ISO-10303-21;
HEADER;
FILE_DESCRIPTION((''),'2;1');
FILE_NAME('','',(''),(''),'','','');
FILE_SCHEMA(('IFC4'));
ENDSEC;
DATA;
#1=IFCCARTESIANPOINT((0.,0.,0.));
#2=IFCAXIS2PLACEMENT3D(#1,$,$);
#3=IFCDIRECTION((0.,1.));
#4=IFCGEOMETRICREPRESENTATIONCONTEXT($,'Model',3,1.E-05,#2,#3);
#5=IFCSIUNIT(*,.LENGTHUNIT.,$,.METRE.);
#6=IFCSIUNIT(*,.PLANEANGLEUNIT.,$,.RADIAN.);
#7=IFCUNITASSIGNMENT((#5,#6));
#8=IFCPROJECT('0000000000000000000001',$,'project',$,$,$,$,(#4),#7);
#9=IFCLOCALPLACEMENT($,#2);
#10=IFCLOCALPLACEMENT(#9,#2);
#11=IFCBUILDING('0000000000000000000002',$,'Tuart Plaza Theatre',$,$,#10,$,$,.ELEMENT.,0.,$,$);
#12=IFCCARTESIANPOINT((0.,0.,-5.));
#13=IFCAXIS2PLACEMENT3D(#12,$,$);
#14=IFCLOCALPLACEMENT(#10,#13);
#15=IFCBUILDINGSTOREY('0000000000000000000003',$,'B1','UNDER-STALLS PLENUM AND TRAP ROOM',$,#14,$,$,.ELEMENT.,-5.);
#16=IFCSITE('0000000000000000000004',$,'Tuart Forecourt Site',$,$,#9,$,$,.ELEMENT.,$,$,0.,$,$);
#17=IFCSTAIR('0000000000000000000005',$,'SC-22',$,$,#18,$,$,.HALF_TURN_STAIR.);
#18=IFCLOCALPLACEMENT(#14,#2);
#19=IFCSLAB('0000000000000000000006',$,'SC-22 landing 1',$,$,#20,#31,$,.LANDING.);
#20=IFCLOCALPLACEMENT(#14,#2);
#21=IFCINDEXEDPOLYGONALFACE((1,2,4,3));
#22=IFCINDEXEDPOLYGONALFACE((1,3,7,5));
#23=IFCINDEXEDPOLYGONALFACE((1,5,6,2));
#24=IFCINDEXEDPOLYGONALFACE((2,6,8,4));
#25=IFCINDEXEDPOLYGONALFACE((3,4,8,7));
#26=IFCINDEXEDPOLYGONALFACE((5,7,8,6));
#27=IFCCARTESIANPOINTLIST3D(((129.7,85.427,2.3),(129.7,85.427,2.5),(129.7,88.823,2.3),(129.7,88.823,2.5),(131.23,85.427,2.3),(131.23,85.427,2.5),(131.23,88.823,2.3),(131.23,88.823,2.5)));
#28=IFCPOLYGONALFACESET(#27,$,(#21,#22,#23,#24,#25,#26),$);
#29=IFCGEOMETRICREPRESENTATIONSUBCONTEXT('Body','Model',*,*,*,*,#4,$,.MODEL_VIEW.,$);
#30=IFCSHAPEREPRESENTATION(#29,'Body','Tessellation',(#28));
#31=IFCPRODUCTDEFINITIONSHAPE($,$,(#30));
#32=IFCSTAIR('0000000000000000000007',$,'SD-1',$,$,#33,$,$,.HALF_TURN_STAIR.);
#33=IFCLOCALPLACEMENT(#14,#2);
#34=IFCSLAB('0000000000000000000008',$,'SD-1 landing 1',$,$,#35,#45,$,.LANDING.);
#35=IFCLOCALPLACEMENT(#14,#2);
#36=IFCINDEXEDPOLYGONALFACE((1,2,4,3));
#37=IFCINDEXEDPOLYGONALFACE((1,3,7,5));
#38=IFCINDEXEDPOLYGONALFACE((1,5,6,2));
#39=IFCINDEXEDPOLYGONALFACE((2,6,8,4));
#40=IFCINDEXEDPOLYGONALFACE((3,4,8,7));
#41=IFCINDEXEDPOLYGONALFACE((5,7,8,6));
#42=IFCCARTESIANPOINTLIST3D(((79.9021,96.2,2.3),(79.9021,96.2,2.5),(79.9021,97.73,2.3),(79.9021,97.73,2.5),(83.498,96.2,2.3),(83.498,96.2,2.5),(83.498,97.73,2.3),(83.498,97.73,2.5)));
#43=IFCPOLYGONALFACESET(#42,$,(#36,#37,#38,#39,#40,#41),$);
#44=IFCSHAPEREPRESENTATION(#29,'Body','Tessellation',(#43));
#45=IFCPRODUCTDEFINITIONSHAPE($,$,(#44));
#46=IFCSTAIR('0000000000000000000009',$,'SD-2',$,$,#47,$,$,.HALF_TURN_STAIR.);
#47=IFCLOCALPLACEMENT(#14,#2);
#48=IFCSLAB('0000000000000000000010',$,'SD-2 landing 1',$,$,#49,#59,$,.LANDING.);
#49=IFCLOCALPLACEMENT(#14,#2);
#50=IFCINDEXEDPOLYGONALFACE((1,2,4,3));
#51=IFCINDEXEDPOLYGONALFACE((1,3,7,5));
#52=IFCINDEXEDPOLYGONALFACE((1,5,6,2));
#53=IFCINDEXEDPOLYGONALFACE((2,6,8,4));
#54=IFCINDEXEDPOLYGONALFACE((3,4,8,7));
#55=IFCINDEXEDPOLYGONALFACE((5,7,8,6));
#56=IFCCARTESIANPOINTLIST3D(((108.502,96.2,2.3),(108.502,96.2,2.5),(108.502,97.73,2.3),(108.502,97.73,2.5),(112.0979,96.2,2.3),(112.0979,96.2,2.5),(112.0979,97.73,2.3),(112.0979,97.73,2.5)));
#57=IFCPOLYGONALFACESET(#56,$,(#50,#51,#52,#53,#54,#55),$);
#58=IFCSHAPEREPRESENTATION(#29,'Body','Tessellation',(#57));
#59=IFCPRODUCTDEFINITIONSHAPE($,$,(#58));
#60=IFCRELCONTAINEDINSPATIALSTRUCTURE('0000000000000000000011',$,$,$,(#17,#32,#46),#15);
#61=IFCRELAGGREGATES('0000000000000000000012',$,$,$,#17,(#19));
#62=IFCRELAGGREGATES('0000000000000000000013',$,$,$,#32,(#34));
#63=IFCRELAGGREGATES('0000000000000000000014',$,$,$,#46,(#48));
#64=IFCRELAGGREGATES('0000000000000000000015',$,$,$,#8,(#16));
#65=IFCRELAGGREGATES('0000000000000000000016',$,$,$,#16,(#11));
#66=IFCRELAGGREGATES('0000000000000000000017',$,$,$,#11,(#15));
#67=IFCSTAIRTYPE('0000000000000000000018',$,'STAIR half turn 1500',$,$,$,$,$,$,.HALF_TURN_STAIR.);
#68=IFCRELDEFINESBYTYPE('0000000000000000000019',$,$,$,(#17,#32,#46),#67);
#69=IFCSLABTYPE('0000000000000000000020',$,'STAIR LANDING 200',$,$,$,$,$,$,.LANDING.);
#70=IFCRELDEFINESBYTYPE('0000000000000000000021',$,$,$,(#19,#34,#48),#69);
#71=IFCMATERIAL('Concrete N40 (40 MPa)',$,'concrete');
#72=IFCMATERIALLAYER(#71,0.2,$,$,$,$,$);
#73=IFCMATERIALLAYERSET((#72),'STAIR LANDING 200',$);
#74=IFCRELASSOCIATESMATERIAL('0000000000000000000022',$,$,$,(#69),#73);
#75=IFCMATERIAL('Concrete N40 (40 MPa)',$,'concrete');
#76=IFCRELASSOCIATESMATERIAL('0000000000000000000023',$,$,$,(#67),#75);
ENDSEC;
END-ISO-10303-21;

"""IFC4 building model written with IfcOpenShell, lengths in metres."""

from ifc_helpers import new_model, si_unit, direction, frame, origin, place, context, subcontext, project, spatial, polyline, outline, extrude, material, layer, layer_set, type_object, element, aggregate, save


model = new_model("IFC4")

# Units and contexts
model_context = context("Model", 3, precision=1e-05, world=origin(), true_north=direction((0.0, 1.0)))
body_context = subcontext(model_context, "Body", "Model", "MODEL_VIEW")
ifc_project = project(units=[si_unit("LENGTHUNIT", "METRE"), si_unit("PLANEANGLEUNIT", "RADIAN")], contexts=[model_context])

# Site, building, storey
site_placement = place(None, origin())
site = spatial("IfcSite", under=ifc_project, at=site_placement, Name="Tuart Forecourt Site", CompositionType="ELEMENT", RefElevation=0.0)
building_placement = place(site_placement, origin())
building = spatial("IfcBuilding", under=site, at=building_placement, Name="Tuart Plaza Theatre", CompositionType="ELEMENT", ElevationOfRefHeight=0.0)
storey_placement = place(building_placement, frame((0.0, 0.0, -5.0)))
storey = spatial("IfcBuildingStorey", under=building, at=storey_placement, Name="B1", Description="UNDER-STALLS PLENUM AND TRAP ROOM", CompositionType="ELEMENT", Elevation=-5.0)

# Stairs, slabs
ifc_material_1 = material(Name="Concrete N40 (40 MPa)", Category="concrete")
ifc_layer_1 = layer(ifc_material_1, 0.2)
ifc_layer_set_1 = layer_set([ifc_layer_1], Name="STAIR LANDING 200")
slab_type_1 = type_object("IfcSlabType", Name="STAIR LANDING 200", PredefinedType="LANDING", material=ifc_layer_set_1)
ifc_material_2 = material(Name="Concrete N40 (40 MPa)", Category="concrete")
stair_type_1 = type_object("IfcStairType", Name="STAIR half turn 1500", PredefinedType="HALF_TURN_STAIR", material=ifc_material_2)
stair_1_placement = place(storey_placement, origin())
stair_1 = element("IfcStair", 1, at=stair_1_placement, inside=storey, type_object=stair_type_1, Name="SC-22", PredefinedType="HALF_TURN_STAIR")
slab_1_placement = place(storey_placement, frame((0.0, 0.0, 2.3)))
slab_1 = element("IfcSlab", 2, at=slab_1_placement, type_object=slab_type_1, Name="SC-22 landing 1", PredefinedType="LANDING", context=body_context, shape_type="SweptSolid", body=[
    extrude(outline(polyline([(129.7, 85.427), (131.23, 85.427), (131.23, 88.823), (129.7, 88.823), (129.7, 85.427)])), origin(), (0.0, 0.0, 1.0), 0.2),
])
aggregate(stair_1, [slab_1])
stair_2_placement = place(storey_placement, origin())
stair_2 = element("IfcStair", 3, at=stair_2_placement, inside=storey, type_object=stair_type_1, Name="SD-1", PredefinedType="HALF_TURN_STAIR")
slab_2_placement = place(storey_placement, frame((0.0, 0.0, 2.3)))
slab_2 = element("IfcSlab", 4, at=slab_2_placement, type_object=slab_type_1, Name="SD-1 landing 1", PredefinedType="LANDING", context=body_context, shape_type="SweptSolid", body=[
    extrude(outline(polyline([(83.498, 96.2), (83.498, 97.73), (79.9021, 97.73), (79.9021, 96.2), (83.498, 96.2)])), origin(), (0.0, 0.0, 1.0), 0.2),
])
aggregate(stair_2, [slab_2])
stair_3_placement = place(storey_placement, origin())
stair_3 = element("IfcStair", 5, at=stair_3_placement, inside=storey, type_object=stair_type_1, Name="SD-2", PredefinedType="HALF_TURN_STAIR")
slab_3_placement = place(storey_placement, frame((0.0, 0.0, 2.3)))
slab_3 = element("IfcSlab", 6, at=slab_3_placement, type_object=slab_type_1, Name="SD-2 landing 1", PredefinedType="LANDING", context=body_context, shape_type="SweptSolid", body=[
    extrude(outline(polyline([(112.0979, 96.2), (112.0979, 97.73), (108.502, 97.73), (108.502, 96.2), (112.0979, 96.2)])), origin(), (0.0, 0.0, 1.0), 0.2),
])
aggregate(stair_3, [slab_3])

save(model, "model.ifc")
